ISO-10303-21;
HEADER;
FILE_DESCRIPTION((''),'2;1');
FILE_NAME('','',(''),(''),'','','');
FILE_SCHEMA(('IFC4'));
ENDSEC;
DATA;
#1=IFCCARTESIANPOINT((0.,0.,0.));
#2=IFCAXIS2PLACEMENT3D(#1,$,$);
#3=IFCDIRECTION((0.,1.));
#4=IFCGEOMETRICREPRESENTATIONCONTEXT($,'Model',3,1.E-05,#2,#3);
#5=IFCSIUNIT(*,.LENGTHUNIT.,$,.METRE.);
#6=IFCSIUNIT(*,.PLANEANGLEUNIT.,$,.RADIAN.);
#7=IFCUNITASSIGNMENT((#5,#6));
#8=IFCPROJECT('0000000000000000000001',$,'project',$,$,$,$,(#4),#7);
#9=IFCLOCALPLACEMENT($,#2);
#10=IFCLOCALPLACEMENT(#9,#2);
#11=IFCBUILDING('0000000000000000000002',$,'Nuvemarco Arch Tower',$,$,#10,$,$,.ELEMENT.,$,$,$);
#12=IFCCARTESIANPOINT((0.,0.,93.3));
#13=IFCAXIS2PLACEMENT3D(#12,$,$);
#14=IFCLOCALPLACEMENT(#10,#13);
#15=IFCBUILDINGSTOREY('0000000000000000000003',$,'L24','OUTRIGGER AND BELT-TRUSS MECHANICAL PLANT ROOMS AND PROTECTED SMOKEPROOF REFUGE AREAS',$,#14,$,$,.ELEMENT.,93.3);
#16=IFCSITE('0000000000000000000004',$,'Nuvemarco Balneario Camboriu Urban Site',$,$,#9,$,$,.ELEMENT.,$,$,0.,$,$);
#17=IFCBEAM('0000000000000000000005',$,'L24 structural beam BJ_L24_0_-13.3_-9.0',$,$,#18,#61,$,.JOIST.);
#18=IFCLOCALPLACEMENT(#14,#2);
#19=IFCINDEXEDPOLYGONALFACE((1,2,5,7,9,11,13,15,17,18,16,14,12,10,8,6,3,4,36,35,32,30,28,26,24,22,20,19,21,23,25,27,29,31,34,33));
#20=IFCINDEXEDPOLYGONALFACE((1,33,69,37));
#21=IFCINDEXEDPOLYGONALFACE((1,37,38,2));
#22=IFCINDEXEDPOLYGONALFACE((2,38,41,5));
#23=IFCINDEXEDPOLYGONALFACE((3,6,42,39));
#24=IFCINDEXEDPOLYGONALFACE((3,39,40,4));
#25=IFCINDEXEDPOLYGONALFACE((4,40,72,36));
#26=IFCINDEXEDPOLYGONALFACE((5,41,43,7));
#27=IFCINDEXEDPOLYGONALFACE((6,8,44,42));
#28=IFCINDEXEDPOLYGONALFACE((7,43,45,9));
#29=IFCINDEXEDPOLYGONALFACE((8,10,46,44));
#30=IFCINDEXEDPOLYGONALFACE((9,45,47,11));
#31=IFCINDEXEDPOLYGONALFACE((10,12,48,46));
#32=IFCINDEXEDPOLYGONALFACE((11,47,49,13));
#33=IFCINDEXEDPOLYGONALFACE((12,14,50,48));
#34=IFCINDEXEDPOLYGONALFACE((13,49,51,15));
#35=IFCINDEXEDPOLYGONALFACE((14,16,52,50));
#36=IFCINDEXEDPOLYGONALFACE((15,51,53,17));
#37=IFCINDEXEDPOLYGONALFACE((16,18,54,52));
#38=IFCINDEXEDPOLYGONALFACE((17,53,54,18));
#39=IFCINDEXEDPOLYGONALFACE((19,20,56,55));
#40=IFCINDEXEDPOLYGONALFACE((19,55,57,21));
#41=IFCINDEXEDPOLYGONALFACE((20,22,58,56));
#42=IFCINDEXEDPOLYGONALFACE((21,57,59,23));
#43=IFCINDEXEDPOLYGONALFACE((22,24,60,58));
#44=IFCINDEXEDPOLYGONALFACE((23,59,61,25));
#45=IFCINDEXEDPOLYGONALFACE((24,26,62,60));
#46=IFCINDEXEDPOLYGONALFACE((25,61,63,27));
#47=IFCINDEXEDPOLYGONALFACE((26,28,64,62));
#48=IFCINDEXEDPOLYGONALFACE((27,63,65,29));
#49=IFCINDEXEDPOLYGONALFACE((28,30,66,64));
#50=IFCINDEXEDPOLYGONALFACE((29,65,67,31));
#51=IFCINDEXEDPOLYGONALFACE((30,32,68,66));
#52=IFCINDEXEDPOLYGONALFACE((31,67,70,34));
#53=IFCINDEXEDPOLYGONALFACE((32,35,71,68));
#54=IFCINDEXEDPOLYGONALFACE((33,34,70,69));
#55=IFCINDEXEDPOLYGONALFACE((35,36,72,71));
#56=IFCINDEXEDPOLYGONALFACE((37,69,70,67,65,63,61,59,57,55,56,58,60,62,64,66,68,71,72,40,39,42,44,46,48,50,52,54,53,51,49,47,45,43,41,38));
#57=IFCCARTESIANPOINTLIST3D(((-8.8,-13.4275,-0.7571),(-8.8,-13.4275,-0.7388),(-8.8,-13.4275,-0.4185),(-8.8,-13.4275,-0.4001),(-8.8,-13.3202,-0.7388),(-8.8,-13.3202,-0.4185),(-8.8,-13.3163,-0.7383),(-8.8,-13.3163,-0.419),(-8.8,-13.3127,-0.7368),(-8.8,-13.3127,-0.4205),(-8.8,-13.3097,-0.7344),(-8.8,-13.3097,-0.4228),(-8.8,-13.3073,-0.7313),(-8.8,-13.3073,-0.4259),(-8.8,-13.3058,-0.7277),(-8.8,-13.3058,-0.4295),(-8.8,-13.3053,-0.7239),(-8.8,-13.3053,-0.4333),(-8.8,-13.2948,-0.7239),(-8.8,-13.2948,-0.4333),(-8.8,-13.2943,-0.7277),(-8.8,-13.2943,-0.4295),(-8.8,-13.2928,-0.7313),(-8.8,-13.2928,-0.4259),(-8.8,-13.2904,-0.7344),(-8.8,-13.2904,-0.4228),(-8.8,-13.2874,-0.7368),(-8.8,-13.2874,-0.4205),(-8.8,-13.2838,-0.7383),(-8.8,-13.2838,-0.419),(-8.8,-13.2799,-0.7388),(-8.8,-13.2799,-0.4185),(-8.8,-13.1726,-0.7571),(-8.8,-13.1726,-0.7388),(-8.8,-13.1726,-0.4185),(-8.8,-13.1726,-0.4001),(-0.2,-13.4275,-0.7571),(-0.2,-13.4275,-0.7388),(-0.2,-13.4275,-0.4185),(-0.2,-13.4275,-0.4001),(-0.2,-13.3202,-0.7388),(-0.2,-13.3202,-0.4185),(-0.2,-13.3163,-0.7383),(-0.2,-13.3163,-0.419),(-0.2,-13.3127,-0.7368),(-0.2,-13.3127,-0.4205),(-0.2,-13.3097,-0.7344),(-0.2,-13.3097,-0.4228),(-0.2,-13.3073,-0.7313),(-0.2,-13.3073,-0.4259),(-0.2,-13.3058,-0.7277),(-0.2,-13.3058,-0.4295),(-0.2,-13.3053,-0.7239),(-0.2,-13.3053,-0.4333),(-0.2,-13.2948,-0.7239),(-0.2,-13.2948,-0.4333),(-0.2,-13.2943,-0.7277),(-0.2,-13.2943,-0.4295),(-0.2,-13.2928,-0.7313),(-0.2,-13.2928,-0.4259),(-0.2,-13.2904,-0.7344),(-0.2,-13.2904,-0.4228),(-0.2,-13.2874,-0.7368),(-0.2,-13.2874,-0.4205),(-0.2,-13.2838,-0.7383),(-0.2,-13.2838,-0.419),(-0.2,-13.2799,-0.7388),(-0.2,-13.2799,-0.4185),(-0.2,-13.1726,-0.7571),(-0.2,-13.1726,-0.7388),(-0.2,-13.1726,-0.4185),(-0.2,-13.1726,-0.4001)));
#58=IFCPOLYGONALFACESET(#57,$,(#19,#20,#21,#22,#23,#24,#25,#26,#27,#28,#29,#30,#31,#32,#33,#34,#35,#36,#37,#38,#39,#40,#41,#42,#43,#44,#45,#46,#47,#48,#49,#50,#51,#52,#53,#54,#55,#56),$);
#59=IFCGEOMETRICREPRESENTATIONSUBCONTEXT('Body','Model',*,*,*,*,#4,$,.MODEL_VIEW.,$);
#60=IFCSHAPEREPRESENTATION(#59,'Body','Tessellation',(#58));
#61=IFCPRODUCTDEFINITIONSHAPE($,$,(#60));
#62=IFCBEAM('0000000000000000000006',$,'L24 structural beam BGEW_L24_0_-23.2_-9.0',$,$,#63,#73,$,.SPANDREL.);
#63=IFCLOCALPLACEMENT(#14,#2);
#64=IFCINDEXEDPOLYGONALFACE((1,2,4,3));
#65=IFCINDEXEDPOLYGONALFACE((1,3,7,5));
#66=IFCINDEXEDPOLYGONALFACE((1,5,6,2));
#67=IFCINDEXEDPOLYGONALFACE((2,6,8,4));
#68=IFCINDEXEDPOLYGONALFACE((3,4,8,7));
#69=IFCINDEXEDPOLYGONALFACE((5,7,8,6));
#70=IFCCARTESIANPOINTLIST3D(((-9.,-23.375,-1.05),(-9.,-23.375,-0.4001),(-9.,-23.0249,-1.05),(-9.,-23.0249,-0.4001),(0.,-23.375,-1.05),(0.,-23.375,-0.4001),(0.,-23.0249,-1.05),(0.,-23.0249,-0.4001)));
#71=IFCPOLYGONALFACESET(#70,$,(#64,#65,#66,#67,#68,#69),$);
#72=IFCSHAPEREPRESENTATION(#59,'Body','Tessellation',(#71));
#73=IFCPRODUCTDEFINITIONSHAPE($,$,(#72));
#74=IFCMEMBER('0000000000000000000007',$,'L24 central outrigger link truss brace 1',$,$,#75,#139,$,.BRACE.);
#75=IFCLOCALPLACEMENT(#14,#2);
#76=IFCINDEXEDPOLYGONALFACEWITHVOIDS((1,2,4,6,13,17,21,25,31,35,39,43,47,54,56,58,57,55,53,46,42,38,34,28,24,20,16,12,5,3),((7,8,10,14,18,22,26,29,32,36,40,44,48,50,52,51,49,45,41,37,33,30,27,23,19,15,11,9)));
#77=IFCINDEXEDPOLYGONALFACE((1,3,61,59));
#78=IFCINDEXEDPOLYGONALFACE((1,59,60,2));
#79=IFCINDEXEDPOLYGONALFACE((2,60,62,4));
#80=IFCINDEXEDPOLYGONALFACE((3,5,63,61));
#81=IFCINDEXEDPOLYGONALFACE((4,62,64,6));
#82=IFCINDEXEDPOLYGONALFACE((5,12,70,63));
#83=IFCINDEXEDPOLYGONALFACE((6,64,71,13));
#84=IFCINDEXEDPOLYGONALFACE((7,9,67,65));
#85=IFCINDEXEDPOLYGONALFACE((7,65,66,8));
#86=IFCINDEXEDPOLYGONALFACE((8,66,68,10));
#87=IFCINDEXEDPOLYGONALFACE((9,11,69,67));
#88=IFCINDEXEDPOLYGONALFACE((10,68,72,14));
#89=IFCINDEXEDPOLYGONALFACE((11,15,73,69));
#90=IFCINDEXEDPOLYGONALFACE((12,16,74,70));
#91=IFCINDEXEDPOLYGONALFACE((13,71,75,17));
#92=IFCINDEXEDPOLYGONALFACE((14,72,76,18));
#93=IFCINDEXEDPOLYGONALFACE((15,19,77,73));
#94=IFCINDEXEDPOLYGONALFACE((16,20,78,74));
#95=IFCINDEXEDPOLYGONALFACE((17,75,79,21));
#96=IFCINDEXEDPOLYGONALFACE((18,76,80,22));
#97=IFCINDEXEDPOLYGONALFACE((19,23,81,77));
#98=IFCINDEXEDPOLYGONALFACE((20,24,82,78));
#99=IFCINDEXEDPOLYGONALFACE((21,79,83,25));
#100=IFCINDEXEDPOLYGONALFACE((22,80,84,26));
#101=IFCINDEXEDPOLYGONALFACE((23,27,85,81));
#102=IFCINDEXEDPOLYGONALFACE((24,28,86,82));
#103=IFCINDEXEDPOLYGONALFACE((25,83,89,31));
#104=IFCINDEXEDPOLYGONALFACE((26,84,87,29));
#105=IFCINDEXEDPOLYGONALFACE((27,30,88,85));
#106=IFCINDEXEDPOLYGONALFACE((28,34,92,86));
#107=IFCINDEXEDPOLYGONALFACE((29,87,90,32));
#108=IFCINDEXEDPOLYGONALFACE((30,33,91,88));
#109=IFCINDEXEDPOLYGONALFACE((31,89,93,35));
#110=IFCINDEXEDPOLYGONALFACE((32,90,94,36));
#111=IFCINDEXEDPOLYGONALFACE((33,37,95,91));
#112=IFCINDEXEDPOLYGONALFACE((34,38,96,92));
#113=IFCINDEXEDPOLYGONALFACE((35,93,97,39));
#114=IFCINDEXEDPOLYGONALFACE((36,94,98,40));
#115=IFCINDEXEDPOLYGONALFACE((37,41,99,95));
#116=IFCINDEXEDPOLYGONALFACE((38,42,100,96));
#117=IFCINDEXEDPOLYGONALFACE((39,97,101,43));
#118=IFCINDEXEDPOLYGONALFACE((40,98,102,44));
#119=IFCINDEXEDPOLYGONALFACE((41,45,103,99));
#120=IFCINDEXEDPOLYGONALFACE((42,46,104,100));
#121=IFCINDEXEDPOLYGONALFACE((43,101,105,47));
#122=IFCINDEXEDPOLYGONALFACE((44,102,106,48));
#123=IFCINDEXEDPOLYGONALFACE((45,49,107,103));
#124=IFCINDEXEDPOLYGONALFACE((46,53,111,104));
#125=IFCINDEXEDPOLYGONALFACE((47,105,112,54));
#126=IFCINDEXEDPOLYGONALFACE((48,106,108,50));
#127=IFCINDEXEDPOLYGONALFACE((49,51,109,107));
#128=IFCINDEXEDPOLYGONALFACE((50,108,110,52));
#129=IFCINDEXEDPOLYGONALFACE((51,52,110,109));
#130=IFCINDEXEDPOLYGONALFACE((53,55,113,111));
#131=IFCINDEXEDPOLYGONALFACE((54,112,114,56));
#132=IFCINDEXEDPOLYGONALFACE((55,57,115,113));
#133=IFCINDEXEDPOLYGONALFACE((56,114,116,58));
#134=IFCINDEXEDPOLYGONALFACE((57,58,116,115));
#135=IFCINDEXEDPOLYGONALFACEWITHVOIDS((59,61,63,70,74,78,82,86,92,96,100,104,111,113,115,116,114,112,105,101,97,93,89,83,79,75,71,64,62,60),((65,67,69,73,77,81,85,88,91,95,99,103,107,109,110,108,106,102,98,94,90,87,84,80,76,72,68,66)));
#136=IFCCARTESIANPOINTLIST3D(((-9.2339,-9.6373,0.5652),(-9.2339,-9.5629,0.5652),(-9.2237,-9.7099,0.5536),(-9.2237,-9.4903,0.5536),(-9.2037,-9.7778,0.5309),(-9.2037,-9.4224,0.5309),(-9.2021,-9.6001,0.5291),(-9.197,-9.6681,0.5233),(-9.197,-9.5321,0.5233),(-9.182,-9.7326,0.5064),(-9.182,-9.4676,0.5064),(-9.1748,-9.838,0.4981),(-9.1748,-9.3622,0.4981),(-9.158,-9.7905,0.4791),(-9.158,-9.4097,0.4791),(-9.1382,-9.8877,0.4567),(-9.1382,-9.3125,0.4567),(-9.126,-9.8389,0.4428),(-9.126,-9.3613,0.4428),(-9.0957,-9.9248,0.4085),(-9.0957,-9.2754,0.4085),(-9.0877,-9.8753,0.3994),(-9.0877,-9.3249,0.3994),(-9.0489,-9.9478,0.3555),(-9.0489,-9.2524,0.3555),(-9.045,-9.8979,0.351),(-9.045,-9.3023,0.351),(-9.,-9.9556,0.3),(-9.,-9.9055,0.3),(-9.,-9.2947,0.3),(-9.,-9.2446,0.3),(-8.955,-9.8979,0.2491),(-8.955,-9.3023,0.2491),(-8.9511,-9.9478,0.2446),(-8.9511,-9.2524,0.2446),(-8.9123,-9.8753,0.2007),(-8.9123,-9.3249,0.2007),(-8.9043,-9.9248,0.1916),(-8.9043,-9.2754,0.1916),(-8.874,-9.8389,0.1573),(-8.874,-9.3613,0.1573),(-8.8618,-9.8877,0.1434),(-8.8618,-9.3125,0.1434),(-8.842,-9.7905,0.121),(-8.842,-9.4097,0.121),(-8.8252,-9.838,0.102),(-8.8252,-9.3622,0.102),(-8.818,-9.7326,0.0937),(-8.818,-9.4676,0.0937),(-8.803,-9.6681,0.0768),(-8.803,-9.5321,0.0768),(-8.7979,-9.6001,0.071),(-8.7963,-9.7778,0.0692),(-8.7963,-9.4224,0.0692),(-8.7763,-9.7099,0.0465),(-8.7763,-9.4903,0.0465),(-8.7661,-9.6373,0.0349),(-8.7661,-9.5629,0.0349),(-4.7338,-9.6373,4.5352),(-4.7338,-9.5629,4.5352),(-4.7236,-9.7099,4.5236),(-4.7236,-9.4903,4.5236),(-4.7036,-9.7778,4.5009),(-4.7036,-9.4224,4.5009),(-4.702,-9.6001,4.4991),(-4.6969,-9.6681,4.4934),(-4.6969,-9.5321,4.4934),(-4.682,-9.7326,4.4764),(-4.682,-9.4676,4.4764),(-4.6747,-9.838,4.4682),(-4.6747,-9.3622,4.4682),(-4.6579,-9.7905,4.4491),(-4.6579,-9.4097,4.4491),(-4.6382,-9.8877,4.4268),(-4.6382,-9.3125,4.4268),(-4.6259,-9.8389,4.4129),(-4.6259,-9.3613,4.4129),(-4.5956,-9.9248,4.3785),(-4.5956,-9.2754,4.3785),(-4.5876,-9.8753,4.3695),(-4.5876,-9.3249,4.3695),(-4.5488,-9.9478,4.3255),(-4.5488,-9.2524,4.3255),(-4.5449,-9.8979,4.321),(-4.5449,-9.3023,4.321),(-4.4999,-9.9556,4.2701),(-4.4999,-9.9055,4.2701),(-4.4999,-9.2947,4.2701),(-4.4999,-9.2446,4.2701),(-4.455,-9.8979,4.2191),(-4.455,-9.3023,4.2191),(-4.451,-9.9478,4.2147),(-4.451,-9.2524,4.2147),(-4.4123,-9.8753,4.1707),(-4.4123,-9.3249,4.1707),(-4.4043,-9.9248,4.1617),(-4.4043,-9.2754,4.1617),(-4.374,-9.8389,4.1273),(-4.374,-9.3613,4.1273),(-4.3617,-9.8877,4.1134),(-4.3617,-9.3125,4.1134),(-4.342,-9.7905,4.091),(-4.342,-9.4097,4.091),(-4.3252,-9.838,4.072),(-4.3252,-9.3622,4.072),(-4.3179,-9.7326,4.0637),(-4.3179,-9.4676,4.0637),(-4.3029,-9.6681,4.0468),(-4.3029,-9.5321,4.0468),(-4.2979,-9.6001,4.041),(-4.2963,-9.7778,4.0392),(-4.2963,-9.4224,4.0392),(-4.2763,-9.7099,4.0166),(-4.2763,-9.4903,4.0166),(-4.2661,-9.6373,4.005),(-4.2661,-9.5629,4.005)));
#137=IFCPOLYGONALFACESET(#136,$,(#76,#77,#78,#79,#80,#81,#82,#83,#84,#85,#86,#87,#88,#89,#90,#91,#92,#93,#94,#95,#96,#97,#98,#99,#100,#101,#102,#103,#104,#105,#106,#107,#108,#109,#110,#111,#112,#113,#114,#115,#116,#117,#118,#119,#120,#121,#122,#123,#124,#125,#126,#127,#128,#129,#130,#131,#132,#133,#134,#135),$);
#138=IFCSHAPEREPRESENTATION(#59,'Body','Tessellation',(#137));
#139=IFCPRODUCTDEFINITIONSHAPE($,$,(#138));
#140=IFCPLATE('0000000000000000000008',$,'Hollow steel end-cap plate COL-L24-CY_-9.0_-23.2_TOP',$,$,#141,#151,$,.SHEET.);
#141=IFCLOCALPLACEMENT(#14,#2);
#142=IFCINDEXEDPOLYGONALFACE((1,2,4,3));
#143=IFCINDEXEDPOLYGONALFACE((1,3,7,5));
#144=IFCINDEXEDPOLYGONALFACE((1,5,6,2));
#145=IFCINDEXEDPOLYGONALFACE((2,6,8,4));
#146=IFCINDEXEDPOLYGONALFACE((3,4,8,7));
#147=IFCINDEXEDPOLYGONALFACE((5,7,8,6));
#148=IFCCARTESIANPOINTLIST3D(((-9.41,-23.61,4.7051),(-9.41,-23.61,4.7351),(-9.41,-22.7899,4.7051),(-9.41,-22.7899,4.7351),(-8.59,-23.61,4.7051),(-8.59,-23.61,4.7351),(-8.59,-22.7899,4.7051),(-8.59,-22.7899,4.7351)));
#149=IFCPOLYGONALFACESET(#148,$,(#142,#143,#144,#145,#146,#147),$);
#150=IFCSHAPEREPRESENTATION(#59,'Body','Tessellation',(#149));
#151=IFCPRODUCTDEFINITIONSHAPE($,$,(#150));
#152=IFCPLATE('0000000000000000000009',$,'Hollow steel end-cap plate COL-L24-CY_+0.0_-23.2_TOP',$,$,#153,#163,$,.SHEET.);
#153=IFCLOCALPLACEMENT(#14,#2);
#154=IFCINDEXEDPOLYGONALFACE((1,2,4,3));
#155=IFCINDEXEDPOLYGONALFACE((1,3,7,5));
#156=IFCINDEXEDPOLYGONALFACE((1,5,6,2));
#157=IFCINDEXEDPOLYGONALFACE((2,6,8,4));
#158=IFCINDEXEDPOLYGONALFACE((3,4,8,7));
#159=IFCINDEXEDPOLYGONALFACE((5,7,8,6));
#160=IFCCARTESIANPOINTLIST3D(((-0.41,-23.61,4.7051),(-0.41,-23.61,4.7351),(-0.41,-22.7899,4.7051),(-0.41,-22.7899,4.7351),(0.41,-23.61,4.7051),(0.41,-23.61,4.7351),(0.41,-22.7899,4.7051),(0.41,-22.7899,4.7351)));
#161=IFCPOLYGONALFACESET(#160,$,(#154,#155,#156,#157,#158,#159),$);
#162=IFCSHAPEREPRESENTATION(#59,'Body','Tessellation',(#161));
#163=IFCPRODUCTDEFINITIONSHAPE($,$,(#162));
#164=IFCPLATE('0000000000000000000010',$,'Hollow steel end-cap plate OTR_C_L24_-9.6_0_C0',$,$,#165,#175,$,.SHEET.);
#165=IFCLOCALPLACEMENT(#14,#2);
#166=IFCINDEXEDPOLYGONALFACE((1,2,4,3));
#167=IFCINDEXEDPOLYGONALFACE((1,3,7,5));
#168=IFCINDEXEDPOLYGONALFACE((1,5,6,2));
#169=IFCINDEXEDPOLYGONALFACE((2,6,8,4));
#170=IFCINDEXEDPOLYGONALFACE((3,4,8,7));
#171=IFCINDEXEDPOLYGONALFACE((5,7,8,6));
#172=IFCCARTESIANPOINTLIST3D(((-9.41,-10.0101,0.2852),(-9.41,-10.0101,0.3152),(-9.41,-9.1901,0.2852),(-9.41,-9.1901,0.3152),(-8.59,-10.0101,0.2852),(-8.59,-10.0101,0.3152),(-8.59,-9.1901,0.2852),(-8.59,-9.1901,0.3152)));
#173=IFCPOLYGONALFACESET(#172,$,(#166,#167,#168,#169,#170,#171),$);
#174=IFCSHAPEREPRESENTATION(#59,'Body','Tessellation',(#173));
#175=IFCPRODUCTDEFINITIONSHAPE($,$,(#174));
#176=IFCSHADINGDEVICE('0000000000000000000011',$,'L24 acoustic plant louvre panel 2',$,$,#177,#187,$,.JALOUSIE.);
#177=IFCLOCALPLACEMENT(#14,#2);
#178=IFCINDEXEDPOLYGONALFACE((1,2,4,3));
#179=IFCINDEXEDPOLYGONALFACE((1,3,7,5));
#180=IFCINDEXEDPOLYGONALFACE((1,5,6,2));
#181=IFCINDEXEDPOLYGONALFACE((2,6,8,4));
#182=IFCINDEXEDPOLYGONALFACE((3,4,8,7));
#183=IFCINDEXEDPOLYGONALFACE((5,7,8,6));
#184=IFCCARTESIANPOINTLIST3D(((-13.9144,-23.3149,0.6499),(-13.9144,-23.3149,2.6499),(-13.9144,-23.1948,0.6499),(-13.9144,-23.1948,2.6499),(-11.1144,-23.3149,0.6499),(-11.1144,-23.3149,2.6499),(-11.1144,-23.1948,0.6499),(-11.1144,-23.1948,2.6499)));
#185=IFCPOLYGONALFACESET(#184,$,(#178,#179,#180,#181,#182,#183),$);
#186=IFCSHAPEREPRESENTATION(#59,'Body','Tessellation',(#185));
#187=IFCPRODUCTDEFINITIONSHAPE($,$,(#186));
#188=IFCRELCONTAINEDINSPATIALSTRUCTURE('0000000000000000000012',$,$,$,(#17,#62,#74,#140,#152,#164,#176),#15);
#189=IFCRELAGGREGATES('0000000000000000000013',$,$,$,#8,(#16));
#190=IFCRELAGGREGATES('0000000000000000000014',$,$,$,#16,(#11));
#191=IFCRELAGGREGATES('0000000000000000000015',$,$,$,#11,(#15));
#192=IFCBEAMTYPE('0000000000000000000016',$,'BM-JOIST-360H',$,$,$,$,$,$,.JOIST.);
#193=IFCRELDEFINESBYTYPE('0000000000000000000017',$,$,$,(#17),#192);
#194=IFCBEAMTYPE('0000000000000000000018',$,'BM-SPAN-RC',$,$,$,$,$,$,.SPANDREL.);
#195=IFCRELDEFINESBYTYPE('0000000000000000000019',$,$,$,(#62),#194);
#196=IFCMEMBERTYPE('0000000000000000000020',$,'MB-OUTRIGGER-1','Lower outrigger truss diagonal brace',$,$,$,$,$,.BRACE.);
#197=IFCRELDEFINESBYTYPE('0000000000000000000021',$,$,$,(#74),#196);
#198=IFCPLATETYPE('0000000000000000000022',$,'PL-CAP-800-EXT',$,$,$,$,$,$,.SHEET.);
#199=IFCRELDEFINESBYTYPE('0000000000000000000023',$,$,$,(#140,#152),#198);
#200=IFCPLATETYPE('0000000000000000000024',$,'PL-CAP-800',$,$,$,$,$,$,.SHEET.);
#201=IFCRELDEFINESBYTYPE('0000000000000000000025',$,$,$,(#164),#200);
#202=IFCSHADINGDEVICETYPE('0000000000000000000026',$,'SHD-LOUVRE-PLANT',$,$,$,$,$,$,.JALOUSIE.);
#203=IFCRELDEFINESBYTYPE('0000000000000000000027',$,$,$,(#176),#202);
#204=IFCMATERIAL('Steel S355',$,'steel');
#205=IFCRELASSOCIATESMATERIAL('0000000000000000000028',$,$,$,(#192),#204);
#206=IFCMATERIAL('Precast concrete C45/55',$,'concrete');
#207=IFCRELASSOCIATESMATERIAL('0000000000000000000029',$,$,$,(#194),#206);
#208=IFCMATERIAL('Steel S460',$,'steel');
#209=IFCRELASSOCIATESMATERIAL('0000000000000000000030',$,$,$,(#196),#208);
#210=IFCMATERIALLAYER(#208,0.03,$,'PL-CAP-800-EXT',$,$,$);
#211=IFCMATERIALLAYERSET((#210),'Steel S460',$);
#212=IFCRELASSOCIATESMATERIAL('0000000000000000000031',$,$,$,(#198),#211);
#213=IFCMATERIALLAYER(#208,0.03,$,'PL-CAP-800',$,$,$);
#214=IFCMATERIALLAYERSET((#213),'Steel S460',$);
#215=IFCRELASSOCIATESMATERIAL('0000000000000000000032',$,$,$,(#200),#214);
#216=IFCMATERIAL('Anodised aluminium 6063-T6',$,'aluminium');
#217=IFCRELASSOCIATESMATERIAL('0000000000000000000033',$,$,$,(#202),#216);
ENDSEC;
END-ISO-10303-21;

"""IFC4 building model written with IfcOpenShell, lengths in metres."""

from ifc_helpers import new_model, si_unit, direction, frame, origin, origin_2d, place, context, subcontext, project, spatial, rectangle, hollow_circle, i_section, extrude, source, transform, mapped, material, layer, layer_set, material_profile, profile_set, type_object, type_shapes, element, save


model = new_model("IFC4")

# Units and contexts
model_context = context("Model", 3, precision=1e-05, world=origin(), true_north=direction((0.0, 1.0)))
body_context = subcontext(model_context, "Body", "Model", "MODEL_VIEW")
ifc_project = project(units=[si_unit("LENGTHUNIT", "METRE"), si_unit("PLANEANGLEUNIT", "RADIAN")], contexts=[model_context])

# Site, building, storey
site_placement = place(None, origin())
site = spatial("IfcSite", under=ifc_project, at=site_placement, Name="Nuvemarco Balneario Camboriu Urban Site", CompositionType="ELEMENT", RefElevation=0.0)
building_placement = place(site_placement, origin())
building = spatial("IfcBuilding", under=site, at=building_placement, Name="Nuvemarco Arch Tower", CompositionType="ELEMENT")
storey_placement = place(building_placement, frame((0.0, 0.0, 93.3)))
storey = spatial("IfcBuildingStorey", under=building, at=storey_placement, Name="L24", Description="OUTRIGGER AND BELT-TRUSS MECHANICAL PLANT ROOMS AND PROTECTED SMOKEPROOF REFUGE AREAS", CompositionType="ELEMENT", Elevation=93.3)

# Shared definitions
ifc_material_1 = material(Name="Steel S460", Category="steel")
ifc_material_2 = material(Name="Steel S355", Category="steel")

# Beams
ifc_material_profile_1 = material_profile(ifc_material_2, i_section(OverallWidth=0.2549, OverallDepth=0.3569, WebThickness=0.0105, FlangeThickness=0.0183, FilletRadius=0.0149, at=origin_2d()), Name="W360x101")
ifc_profile_set_1 = profile_set([ifc_material_profile_1], Name="Steel S355")
beam_type_1 = type_object("IfcBeamType", Name="BM-JOIST-360H", PredefinedType="JOIST", material=ifc_profile_set_1)
beam_1_placement = place(storey_placement, frame((-8.8, -13.3, -0.5786), z_axis=(1.0, 0.0, 0.0), x_axis=(0.0, 1.0, 0.0)))
element("IfcBeam", 1, at=beam_1_placement, inside=storey, type_object=beam_type_1, Name="L24 structural beam BJ_L24_0_-13.3_-9.0", PredefinedType="JOIST", context=body_context, shape_type="SweptSolid", body=[
    extrude(i_section(OverallWidth=0.2549, OverallDepth=0.3569, WebThickness=0.0105, FlangeThickness=0.0183, FilletRadius=0.0149, at=origin_2d()), origin(), (0.0, 0.0, 1.0), 8.6001),
])
ifc_material_3 = material(Name="Precast concrete C45/55", Category="concrete")
ifc_material_profile_2 = material_profile(ifc_material_3, rectangle(XDim=0.3501, YDim=0.6499, at=origin_2d()), Name="PC-SP-350x650")
ifc_profile_set_2 = profile_set([ifc_material_profile_2], Name="Precast concrete C45/55")
beam_type_2 = type_object("IfcBeamType", Name="BM-SPAN-RC", PredefinedType="SPANDREL", material=ifc_profile_set_2)
beam_2_placement = place(storey_placement, frame((-9.0, -23.2, -0.7251), z_axis=(1.0, 0.0, 0.0), x_axis=(0.0, 1.0, 0.0)))
element("IfcBeam", 2, at=beam_2_placement, inside=storey, type_object=beam_type_2, Name="L24 structural beam BGEW_L24_0_-23.2_-9.0", PredefinedType="SPANDREL", context=body_context, shape_type="SweptSolid", body=[
    extrude(rectangle(XDim=0.3501, YDim=0.6499, at=origin_2d()), origin(), (0.0, 0.0, 1.0), 9.0),
])

# Member
ifc_material_profile_3 = material_profile(ifc_material_1, hollow_circle(Radius=0.3555, WallThickness=0.05, at=origin_2d()), Name="CHS711x50")
ifc_profile_set_3 = profile_set([ifc_material_profile_3], Name="Steel S460")
member_type = type_object("IfcMemberType", Name="MB-OUTRIGGER-1", Description="Lower outrigger truss diagonal brace", PredefinedType="BRACE", material=ifc_profile_set_3)
member_placement = place(storey_placement, frame((-9.0, -9.6001, 0.3), z_axis=(0.749889, 0.0, 0.661564), x_axis=(0.0, 1.0, 0.0)))
element("IfcMember", 3, at=member_placement, inside=storey, type_object=member_type, Name="L24 central outrigger link truss brace 1", PredefinedType="BRACE", context=body_context, shape_type="SweptSolid", body=[
    extrude(hollow_circle(Radius=0.3555, WallThickness=0.05, at=origin_2d()), origin(), (0.0, 0.0, 1.0), 6.001),
])

# Plates
ifc_layer_1 = layer(ifc_material_1, 0.03, Name="PL-CAP-800-EXT")
ifc_layer_set_1 = layer_set([ifc_layer_1], Name="Steel S460")
plate_type_1 = type_object("IfcPlateType", Name="PL-CAP-800-EXT", PredefinedType="SHEET", material=ifc_layer_set_1)
shared_shape_1 = source(origin(), body_context, "Body", "SweptSolid", [
    extrude(rectangle(XDim=0.8201, YDim=0.8201, at=origin_2d()), origin(), (0.0, 0.0, 1.0), 0.03),
])
type_shapes(plate_type_1, [shared_shape_1])
for number, where, z_axis, x_axis, name in (
    (4, (-9.0, -23.2, 4.7051), (0.0, 0.0, 1.0), (1.0, 0.0, 0.0), "Hollow steel end-cap plate COL-L24-CY_-9.0_-23.2_TOP"),
    (5, (0.0, -23.2, 4.7051), (0.0, 0.0, 1.0), (1.0, 0.0, 0.0), "Hollow steel end-cap plate COL-L24-CY_+0.0_-23.2_TOP"),
):
    element("IfcPlate", number, at=place(storey_placement, frame(where, z_axis=z_axis, x_axis=x_axis)), inside=storey, type_object=plate_type_1, Name=name, PredefinedType="SHEET", context=body_context, shape_type="MappedRepresentation", body=[
        mapped(shared_shape_1, transform((0.0, 0.0, 0.0), scale=1.0)),
    ])
ifc_layer_2 = layer(ifc_material_1, 0.03, Name="PL-CAP-800")
ifc_layer_set_2 = layer_set([ifc_layer_2], Name="Steel S460")
plate_type_2 = type_object("IfcPlateType", Name="PL-CAP-800", PredefinedType="SHEET", material=ifc_layer_set_2)
shared_shape_2 = source(origin(), body_context, "Body", "SweptSolid", [
    extrude(rectangle(XDim=0.8201, YDim=0.8201, at=origin_2d()), origin(), (0.0, 0.0, 1.0), 0.03),
])
type_shapes(plate_type_2, [shared_shape_2])
plate_placement = place(storey_placement, frame((-9.0, -9.6001, 0.2852), z_axis=(0.0, 0.0, 1.0), x_axis=(1.0, 0.0, 0.0)))
element("IfcPlate", 6, at=plate_placement, inside=storey, type_object=plate_type_2, Name="Hollow steel end-cap plate OTR_C_L24_-9.6_0_C0", PredefinedType="SHEET", context=body_context, shape_type="MappedRepresentation", body=[
    mapped(shared_shape_2, transform((0.0, 0.0, 0.0), scale=1.0)),
])

# Shading device
ifc_material_4 = material(Name="Anodised aluminium 6063-T6", Category="aluminium")
shading_device_type = type_object("IfcShadingDeviceType", Name="SHD-LOUVRE-PLANT", PredefinedType="JALOUSIE", material=ifc_material_4)
shared_shape_3 = source(origin(), body_context, "Body", "SweptSolid", [
    extrude(rectangle(XDim=2.8, YDim=0.1201, at=origin_2d()), origin(), (0.0, 0.0, 1.0), 2.0),
])
type_shapes(shading_device_type, [shared_shape_3])
for number, where, z_axis, x_axis, name in (
    (7, (-12.5144, -23.2549, 0.6499), (0.0, 0.0, 1.0), (1.0, 0.0, 0.0), "L24 acoustic plant louvre panel 2"),
):
    element("IfcShadingDevice", number, at=place(storey_placement, frame(where, z_axis=z_axis, x_axis=x_axis)), inside=storey, type_object=shading_device_type, Name=name, PredefinedType="JALOUSIE", context=body_context, shape_type="MappedRepresentation", body=[
        mapped(shared_shape_3, transform((0.0, 0.0, 0.0), scale=1.0)),
    ])

save(model, "model.ifc")
